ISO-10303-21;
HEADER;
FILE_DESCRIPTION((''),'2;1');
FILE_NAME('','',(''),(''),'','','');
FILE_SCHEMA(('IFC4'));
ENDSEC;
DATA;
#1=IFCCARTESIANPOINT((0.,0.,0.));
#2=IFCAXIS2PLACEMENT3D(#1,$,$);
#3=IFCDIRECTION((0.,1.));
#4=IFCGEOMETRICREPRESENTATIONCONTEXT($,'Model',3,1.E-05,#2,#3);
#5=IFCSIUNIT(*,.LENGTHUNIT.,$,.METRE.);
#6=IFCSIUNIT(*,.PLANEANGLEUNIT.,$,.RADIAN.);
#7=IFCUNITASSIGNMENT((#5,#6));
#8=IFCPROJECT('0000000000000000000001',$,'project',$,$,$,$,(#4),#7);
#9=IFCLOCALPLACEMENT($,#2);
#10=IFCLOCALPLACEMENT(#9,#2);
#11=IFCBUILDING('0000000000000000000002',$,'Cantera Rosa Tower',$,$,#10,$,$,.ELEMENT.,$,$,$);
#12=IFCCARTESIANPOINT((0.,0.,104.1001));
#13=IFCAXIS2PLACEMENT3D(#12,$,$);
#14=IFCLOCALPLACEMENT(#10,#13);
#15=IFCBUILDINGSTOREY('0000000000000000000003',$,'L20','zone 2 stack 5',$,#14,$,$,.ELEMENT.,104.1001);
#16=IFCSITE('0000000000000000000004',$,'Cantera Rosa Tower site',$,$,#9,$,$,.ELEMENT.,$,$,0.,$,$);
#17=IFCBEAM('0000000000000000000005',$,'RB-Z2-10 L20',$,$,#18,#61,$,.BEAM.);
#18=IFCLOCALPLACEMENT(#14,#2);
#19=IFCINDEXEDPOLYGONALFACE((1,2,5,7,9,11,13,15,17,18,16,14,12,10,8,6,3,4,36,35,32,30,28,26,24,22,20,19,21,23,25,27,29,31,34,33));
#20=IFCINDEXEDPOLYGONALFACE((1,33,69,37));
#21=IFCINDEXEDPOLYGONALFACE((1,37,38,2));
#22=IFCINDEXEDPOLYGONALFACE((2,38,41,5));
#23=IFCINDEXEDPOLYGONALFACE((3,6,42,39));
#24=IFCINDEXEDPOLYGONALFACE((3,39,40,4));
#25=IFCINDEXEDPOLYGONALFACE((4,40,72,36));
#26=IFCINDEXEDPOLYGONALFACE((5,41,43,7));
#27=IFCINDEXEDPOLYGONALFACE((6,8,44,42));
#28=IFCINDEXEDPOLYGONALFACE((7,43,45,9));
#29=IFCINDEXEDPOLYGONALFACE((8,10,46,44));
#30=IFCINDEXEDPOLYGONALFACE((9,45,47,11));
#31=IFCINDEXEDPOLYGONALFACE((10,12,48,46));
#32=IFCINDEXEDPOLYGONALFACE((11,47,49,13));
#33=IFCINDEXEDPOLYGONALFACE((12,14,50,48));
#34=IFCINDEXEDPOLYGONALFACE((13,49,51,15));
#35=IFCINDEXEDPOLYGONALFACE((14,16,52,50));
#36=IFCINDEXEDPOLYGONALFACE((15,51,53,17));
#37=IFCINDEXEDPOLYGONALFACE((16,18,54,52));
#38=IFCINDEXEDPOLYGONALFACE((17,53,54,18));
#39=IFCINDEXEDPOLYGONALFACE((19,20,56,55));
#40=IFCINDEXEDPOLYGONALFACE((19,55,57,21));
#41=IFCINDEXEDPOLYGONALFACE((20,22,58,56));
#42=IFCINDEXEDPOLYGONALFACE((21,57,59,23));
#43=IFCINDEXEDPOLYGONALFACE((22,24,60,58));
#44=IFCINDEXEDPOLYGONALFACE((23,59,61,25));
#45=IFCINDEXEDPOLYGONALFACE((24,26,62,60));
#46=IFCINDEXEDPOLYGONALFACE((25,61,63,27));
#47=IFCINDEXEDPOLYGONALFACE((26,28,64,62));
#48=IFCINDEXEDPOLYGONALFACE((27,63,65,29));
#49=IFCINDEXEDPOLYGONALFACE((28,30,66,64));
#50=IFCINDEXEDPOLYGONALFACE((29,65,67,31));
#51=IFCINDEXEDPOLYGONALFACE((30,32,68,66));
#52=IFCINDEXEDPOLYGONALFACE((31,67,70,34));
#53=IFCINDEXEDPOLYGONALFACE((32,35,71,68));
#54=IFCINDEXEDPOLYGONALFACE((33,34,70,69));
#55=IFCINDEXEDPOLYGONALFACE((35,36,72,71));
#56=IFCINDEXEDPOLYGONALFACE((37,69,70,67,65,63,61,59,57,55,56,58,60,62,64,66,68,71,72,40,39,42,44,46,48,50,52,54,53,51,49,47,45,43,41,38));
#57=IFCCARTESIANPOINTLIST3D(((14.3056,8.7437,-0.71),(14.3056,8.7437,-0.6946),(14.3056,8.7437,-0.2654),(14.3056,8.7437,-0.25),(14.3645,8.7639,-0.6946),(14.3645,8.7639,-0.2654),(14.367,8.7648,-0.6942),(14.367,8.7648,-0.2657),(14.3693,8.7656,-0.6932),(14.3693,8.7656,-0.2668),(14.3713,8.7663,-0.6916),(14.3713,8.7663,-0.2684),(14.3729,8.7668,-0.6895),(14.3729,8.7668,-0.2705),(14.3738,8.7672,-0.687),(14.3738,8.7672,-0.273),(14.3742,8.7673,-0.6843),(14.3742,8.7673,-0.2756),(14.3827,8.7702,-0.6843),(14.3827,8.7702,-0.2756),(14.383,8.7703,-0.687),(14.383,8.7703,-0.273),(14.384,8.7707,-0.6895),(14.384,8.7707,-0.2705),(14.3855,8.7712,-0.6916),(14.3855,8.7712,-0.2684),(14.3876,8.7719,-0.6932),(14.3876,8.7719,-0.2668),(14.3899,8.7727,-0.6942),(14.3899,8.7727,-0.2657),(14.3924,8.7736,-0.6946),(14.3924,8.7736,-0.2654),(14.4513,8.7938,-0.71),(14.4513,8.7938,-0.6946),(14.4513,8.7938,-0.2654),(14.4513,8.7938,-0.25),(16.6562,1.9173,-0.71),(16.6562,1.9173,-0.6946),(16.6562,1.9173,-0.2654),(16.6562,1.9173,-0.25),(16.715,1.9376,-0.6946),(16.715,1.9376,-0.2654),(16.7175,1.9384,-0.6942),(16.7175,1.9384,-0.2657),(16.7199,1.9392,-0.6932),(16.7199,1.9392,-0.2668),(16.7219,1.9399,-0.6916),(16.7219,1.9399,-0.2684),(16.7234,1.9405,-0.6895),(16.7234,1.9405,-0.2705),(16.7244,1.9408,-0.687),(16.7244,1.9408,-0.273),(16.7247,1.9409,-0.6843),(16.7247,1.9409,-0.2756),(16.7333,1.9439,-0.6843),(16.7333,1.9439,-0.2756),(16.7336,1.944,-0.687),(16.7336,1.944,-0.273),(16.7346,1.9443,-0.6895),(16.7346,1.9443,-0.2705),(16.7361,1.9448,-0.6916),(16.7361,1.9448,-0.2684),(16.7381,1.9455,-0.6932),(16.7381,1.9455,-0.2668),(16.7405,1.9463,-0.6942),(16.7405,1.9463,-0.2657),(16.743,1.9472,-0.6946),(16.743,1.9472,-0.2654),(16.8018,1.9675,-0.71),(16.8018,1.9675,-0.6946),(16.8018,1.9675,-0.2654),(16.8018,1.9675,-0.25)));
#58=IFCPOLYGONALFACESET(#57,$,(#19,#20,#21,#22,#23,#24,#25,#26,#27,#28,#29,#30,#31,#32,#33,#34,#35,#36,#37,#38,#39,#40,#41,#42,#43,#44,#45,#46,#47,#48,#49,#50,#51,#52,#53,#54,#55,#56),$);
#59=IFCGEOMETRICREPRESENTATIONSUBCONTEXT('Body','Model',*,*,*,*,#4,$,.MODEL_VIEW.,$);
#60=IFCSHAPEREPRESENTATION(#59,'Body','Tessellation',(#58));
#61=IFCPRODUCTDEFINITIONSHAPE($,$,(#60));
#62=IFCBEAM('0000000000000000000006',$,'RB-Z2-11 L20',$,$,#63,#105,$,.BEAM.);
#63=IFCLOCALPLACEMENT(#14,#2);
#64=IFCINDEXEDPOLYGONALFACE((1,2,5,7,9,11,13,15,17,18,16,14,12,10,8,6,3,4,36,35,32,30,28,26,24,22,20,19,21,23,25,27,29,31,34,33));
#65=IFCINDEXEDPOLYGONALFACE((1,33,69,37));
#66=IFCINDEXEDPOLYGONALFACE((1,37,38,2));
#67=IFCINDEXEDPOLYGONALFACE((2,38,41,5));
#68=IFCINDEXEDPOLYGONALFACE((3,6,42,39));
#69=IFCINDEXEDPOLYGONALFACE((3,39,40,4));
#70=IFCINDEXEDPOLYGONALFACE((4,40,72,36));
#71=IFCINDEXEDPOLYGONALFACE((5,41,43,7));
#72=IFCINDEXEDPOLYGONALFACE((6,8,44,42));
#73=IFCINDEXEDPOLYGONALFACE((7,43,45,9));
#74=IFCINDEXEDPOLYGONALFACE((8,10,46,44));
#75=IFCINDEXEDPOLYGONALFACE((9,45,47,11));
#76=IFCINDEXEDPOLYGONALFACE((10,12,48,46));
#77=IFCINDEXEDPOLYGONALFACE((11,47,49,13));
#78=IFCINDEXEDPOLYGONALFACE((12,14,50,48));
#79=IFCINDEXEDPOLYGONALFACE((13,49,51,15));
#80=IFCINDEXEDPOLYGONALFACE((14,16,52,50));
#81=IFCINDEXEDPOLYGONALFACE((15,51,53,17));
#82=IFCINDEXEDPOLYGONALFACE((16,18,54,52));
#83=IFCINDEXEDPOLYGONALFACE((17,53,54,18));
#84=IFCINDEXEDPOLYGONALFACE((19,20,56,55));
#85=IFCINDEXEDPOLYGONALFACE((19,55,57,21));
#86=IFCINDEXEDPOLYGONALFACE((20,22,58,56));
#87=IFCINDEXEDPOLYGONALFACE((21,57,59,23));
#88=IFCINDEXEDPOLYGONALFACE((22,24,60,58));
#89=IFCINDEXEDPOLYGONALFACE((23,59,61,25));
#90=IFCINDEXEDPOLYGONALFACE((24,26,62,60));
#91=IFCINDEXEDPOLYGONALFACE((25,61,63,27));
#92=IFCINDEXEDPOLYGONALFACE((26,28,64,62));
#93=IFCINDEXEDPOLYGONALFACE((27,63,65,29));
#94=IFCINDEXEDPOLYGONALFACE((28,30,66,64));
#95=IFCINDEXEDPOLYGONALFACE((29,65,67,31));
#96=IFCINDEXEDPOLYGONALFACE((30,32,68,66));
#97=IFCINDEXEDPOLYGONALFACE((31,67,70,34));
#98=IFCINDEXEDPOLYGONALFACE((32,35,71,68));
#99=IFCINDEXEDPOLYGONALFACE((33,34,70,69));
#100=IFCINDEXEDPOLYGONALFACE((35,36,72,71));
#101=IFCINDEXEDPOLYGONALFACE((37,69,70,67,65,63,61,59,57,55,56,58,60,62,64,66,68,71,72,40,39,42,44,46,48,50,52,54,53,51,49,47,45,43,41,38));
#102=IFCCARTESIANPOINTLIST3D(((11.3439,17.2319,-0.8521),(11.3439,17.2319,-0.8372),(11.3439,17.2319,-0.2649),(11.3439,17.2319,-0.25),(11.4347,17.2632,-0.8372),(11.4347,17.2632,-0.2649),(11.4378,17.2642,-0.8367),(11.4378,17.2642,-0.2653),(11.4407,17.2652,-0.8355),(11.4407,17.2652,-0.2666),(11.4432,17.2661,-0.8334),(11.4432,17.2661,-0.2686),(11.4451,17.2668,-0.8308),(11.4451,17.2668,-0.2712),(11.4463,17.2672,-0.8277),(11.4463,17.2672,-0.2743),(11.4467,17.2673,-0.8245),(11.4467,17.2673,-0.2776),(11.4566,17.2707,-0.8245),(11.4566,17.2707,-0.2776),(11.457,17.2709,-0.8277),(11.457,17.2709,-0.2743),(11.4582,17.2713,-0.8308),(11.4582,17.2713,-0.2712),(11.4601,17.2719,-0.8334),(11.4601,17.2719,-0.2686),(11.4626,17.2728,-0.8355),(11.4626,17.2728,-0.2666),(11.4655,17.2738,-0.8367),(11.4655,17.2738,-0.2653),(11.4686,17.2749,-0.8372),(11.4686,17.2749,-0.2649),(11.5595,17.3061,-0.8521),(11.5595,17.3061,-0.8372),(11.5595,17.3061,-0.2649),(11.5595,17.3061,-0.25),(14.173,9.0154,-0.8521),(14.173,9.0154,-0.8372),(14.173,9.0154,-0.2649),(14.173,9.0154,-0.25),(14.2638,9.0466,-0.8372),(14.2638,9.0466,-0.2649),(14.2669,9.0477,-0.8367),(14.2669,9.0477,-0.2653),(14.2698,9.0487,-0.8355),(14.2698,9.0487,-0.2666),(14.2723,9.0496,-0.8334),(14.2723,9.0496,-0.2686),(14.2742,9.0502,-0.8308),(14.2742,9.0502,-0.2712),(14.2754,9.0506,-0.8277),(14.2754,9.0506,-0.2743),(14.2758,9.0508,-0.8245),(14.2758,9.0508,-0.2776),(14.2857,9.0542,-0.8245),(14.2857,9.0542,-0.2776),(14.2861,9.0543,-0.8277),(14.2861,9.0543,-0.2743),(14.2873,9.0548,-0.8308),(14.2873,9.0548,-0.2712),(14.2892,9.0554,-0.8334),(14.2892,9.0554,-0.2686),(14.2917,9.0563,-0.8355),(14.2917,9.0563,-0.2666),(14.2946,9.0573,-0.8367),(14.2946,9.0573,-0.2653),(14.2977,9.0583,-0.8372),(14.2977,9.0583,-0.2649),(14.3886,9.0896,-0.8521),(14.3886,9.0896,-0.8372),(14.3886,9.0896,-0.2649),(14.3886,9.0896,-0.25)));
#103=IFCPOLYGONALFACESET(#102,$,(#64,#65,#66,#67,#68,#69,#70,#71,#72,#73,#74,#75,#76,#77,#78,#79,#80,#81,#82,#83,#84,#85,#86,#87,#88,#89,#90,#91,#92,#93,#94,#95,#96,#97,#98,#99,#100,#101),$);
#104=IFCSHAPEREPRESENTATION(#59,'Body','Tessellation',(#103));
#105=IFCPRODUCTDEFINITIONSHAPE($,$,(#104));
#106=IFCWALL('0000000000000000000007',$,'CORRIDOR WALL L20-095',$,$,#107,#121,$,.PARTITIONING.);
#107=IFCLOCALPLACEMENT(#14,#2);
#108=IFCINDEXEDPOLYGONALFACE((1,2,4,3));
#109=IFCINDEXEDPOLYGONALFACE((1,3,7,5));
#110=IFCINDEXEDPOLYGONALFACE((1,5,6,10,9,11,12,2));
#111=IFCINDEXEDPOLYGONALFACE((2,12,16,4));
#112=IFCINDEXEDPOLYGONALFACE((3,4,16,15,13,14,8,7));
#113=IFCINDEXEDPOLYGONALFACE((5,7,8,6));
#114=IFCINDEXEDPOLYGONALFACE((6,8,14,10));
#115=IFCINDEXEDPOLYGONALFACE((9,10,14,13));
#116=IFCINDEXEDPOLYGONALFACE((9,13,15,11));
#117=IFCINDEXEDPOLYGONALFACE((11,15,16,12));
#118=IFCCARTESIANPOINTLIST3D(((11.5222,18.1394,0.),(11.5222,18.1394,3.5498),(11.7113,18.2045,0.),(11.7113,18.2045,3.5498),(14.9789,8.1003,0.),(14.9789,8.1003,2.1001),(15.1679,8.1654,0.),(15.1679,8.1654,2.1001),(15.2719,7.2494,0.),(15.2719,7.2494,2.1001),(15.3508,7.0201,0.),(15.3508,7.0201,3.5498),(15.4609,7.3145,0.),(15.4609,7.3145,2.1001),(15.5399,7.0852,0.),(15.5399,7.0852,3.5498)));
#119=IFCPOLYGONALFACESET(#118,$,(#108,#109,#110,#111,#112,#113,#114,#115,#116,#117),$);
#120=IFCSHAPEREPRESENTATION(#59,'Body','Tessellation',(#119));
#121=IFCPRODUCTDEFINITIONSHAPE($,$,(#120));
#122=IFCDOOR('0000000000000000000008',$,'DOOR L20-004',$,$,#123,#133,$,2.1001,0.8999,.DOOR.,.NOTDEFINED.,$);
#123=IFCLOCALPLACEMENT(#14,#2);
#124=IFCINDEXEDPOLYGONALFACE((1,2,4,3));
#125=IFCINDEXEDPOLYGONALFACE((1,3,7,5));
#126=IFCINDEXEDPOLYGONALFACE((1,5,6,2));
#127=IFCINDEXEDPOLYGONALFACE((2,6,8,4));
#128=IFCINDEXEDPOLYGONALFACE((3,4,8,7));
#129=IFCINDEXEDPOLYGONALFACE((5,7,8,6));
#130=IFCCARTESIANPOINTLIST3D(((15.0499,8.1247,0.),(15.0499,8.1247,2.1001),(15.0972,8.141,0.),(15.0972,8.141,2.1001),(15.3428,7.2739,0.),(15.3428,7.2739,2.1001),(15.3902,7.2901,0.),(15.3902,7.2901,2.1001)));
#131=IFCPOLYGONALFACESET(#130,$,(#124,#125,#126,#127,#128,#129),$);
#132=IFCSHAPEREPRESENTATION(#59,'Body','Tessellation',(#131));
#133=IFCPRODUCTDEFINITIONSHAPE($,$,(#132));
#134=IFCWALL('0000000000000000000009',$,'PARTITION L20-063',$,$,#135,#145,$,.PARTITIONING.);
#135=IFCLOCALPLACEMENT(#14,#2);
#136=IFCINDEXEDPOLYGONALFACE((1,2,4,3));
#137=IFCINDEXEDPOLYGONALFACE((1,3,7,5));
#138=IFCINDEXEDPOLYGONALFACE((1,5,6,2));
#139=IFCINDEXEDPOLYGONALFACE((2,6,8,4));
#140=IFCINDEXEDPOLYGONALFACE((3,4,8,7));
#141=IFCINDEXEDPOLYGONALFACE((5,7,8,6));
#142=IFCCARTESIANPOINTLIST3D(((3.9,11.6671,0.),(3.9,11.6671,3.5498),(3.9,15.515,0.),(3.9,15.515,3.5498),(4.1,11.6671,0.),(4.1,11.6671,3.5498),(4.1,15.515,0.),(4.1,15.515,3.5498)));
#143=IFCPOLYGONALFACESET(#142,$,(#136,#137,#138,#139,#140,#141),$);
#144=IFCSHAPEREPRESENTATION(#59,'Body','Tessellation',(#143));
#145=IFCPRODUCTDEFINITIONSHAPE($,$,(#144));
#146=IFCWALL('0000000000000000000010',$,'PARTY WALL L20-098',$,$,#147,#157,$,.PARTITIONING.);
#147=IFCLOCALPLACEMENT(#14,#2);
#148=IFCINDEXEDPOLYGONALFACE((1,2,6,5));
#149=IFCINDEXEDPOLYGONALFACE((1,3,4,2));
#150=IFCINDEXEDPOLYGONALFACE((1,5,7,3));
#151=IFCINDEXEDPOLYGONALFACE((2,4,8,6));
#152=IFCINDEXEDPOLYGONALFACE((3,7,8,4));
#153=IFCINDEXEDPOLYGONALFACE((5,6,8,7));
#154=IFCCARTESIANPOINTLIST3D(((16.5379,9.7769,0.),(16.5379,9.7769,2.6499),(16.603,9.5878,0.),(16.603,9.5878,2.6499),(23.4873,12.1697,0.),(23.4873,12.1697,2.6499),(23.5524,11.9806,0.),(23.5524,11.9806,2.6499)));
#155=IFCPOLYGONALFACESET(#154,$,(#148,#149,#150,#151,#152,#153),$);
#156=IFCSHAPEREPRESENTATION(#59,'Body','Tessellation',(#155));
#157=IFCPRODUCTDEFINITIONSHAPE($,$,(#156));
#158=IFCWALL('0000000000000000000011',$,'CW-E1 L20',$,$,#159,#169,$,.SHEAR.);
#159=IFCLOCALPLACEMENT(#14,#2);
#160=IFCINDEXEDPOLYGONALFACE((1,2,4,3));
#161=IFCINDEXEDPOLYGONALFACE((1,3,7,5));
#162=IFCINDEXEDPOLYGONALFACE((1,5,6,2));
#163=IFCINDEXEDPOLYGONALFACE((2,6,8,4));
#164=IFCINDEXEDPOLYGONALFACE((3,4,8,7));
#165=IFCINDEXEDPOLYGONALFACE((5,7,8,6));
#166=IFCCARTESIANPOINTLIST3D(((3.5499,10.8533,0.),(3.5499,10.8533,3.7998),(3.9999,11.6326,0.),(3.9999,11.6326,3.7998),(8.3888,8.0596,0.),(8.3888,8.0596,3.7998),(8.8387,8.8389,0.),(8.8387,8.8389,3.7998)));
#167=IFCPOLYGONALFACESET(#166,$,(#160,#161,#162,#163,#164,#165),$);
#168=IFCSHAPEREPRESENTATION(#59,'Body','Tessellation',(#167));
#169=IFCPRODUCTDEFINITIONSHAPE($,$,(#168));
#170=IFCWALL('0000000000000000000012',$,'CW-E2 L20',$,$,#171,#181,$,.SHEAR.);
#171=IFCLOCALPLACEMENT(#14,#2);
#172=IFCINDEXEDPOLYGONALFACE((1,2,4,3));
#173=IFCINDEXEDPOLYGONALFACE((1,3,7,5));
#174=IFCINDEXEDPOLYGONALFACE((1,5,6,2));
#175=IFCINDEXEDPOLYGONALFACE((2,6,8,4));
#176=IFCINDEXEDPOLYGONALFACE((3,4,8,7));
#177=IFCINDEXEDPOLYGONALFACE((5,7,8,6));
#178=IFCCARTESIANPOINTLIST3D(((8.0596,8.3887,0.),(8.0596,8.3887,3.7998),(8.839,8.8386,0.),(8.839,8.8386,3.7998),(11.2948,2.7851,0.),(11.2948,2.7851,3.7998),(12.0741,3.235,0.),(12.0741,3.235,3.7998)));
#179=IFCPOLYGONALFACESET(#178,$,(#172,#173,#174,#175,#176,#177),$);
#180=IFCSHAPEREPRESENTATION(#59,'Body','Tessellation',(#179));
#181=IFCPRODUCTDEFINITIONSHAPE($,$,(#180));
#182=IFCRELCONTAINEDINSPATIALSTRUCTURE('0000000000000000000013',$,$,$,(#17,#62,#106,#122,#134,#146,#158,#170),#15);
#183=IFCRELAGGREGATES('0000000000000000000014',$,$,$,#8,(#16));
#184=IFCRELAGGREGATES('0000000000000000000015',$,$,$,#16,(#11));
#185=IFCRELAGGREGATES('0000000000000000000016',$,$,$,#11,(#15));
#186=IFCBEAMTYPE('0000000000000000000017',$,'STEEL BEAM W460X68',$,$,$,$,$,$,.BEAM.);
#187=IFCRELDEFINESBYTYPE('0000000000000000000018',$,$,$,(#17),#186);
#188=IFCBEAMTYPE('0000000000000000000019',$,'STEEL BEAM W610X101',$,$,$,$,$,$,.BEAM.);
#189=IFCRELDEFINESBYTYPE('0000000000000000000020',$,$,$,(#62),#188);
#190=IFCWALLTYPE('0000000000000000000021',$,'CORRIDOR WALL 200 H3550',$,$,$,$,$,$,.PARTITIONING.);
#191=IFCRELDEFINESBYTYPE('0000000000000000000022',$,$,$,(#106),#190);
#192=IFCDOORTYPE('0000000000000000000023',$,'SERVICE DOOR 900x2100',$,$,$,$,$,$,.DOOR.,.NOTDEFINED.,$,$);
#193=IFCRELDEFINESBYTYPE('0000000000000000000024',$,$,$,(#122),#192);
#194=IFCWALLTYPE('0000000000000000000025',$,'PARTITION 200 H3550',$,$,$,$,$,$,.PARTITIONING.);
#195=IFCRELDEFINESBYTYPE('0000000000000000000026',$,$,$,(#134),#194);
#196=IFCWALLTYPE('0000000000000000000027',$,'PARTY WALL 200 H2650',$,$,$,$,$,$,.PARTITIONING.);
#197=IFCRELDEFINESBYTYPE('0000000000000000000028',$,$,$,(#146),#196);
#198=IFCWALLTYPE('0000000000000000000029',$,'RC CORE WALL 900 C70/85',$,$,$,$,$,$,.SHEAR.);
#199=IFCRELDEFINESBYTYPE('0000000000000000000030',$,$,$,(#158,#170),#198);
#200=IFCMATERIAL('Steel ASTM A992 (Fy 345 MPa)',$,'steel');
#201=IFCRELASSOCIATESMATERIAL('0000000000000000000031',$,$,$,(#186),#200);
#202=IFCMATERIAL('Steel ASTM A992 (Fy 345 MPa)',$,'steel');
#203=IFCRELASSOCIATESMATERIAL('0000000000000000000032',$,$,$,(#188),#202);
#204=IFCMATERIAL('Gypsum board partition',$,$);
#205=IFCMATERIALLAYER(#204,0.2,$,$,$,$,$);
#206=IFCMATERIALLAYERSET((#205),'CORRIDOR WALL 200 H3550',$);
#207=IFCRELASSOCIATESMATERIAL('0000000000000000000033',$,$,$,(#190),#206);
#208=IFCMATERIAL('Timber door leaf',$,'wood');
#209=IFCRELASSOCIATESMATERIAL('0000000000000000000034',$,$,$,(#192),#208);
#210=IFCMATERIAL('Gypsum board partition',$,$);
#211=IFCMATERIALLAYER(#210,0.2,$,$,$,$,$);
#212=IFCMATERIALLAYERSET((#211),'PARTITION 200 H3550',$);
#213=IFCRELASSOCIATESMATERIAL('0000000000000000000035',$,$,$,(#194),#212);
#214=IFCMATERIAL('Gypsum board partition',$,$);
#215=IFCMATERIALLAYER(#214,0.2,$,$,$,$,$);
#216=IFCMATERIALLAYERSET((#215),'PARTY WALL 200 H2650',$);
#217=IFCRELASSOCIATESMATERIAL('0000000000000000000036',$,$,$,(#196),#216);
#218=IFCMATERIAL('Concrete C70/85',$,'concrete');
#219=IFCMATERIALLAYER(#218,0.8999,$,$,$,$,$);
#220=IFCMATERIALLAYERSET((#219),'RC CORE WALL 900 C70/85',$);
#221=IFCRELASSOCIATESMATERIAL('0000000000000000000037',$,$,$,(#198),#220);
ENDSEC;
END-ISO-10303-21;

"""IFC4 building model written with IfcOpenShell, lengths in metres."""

from ifc_helpers import new_model, si_unit, direction, frame, frame_2d, origin, origin_2d, place, context, subcontext, project, spatial, rectangle, i_section, extrude, material, layer, layer_set, material_profile, profile_set, type_object, element, fill, save


model = new_model("IFC4")

# Units and contexts
model_context = context("Model", 3, precision=1e-05, world=origin(), true_north=direction((0.0, 1.0)))
body_context = subcontext(model_context, "Body", "Model", "MODEL_VIEW")
ifc_project = project(units=[si_unit("LENGTHUNIT", "METRE"), si_unit("PLANEANGLEUNIT", "RADIAN")], contexts=[model_context])

# Site, building, storey
site_placement = place(None, origin())
site = spatial("IfcSite", under=ifc_project, at=site_placement, Name="Cantera Rosa Tower site", CompositionType="ELEMENT", RefElevation=0.0)
building_placement = place(site_placement, origin())
building = spatial("IfcBuilding", under=site, at=building_placement, Name="Cantera Rosa Tower", CompositionType="ELEMENT")
storey_placement = place(building_placement, frame((0.0, 0.0, 104.1001)))
storey = spatial("IfcBuildingStorey", under=building, at=storey_placement, Name="L20", Description="zone 2 stack 5", CompositionType="ELEMENT", Elevation=104.1001)

# Beams
ifc_material_1 = material(Name="Steel ASTM A992 (Fy 345 MPa)", Category="steel")
ifc_material_profile_1 = material_profile(ifc_material_1, i_section(OverallWidth=0.1541, OverallDepth=0.46, WebThickness=0.009, FlangeThickness=0.0154, FilletRadius=0.0103, at=origin_2d()), Name="W460X68")
ifc_profile_set_1 = profile_set([ifc_material_profile_1], Name="Steel ASTM A992 (Fy 345 MPa)")
beam_type_1 = type_object("IfcBeamType", Name="STEEL BEAM W460X68", PredefinedType="BEAM", material=ifc_profile_set_1)
beam_1_placement = place(storey_placement, frame((16.729, 1.9424, -0.48), z_axis=(-0.325576, 0.945516, 0.0), x_axis=(-0.945516, -0.325576, 0.0)))
element("IfcBeam", 1, at=beam_1_placement, inside=storey, type_object=beam_type_1, Name="RB-Z2-10 L20", PredefinedType="BEAM", context=body_context, shape_type="SweptSolid", body=[
    extrude(i_section(OverallWidth=0.1541, OverallDepth=0.46, WebThickness=0.009, FlangeThickness=0.0154, FilletRadius=0.0103, at=origin_2d()), origin(), (0.0, 0.0, 1.0), 7.2197),
])
ifc_material_2 = material(Name="Steel ASTM A992 (Fy 345 MPa)", Category="steel")
ifc_material_profile_2 = material_profile(ifc_material_2, i_section(OverallWidth=0.228, OverallDepth=0.6021, WebThickness=0.0105, FlangeThickness=0.0149, FilletRadius=0.0127, at=origin_2d()), Name="W610X101")
ifc_profile_set_2 = profile_set([ifc_material_profile_2], Name="Steel ASTM A992 (Fy 345 MPa)")
beam_type_2 = type_object("IfcBeamType", Name="STEEL BEAM W610X101", PredefinedType="BEAM", material=ifc_profile_set_2)
beam_2_placement = place(storey_placement, frame((14.2808, 9.0525, -0.551), z_axis=(-0.325559, 0.945522, 0.0), x_axis=(-0.945522, -0.325559, 0.0)))
element("IfcBeam", 2, at=beam_2_placement, inside=storey, type_object=beam_type_2, Name="RB-Z2-11 L20", PredefinedType="BEAM", context=body_context, shape_type="SweptSolid", body=[
    extrude(i_section(OverallWidth=0.228, OverallDepth=0.6021, WebThickness=0.0105, FlangeThickness=0.0149, FilletRadius=0.0127, at=origin_2d()), origin(), (0.0, 0.0, 1.0), 8.6899),
])

# Wall, opening, door
ifc_material_3 = material(Name="Gypsum board partition")
ifc_layer_1 = layer(ifc_material_3, 0.2)
ifc_layer_set_1 = layer_set([ifc_layer_1], Name="CORRIDOR WALL 200 H3550")
wall_type_1 = type_object("IfcWallType", Name="CORRIDOR WALL 200 H3550", PredefinedType="PARTITIONING", material=ifc_layer_set_1)
wall_1_placement = place(storey_placement, frame((15.4453, 7.0527, 0.0), z_axis=(0.0, 0.0, 1.0), x_axis=(-0.325561, 0.945521, 0.0)))
wall_1 = element("IfcWall", 3, at=wall_1_placement, inside=storey, type_object=wall_type_1, Name="CORRIDOR WALL L20-095", PredefinedType="PARTITIONING", context=body_context, shape_type="SweptSolid", body=[
    extrude(rectangle(XDim=11.76, YDim=0.2, at=frame_2d((5.8799, 0.0))), origin(), (0.0, 0.0, 1.0), 3.5498),
])
opening_1_placement = place(wall_1_placement, frame((0.2424, 0.0, 0.0)))
opening_1 = element("IfcOpeningElement", 4, at=opening_1_placement, cuts=wall_1, PredefinedType="OPENING", context=body_context, shape_type="SweptSolid", body=[
    extrude(rectangle(XDim=0.8999, YDim=2.1001, at=frame_2d((0.45, 1.05))), frame((0.0, 0.1099, 0.0), z_axis=(0.0, -1.0, 0.0), x_axis=(1.0, 0.0, 0.0)), (0.0, 0.0, 1.0), 0.22),
])
ifc_material_4 = material(Name="Timber door leaf", Category="wood")
door_type = type_object("IfcDoorType", Name="SERVICE DOOR 900x2100", OperationType="NOTDEFINED", PredefinedType="DOOR", material=ifc_material_4)
door_1_placement = place(opening_1_placement, origin())
door_1 = element("IfcDoor", 5, at=door_1_placement, inside=storey, type_object=door_type, Name="DOOR L20-004", OperationType="NOTDEFINED", OverallHeight=2.1001, OverallWidth=0.8999, PredefinedType="DOOR", context=body_context, shape_type="SweptSolid", body=[
    extrude(rectangle(XDim=0.8999, YDim=2.1001, at=frame_2d((0.45, 1.05))), frame((0.0, 0.0249, 0.0), z_axis=(0.0, -1.0, 0.0), x_axis=(1.0, 0.0, 0.0)), (0.0, 0.0, 1.0), 0.05),
])
fill(opening_1, door_1)

# Walls
ifc_material_5 = material(Name="Gypsum board partition")
ifc_layer_2 = layer(ifc_material_5, 0.2)
ifc_layer_set_2 = layer_set([ifc_layer_2], Name="PARTITION 200 H3550")
wall_type_2 = type_object("IfcWallType", Name="PARTITION 200 H3550", PredefinedType="PARTITIONING", material=ifc_layer_set_2)
wall_2_placement = place(storey_placement, frame((4.0, 11.6672, 0.0), z_axis=(0.0, 0.0, 1.0), x_axis=(0.0, 1.0, 0.0)))
element("IfcWall", 6, at=wall_2_placement, inside=storey, type_object=wall_type_2, Name="PARTITION L20-063", PredefinedType="PARTITIONING", context=body_context, shape_type="SweptSolid", body=[
    extrude(rectangle(XDim=3.8479, YDim=0.2, at=frame_2d((1.9238, 0.0))), origin(), (0.0, 0.0, 1.0), 3.5498),
])
ifc_material_6 = material(Name="Gypsum board partition")
ifc_layer_3 = layer(ifc_material_6, 0.2)
ifc_layer_set_3 = layer_set([ifc_layer_3], Name="PARTY WALL 200 H2650")
wall_type_3 = type_object("IfcWallType", Name="PARTY WALL 200 H2650", PredefinedType="PARTITIONING", material=ifc_layer_set_3)
wall_3_placement = place(storey_placement, frame((16.5706, 9.6824, 0.0), z_axis=(0.0, 0.0, 1.0), x_axis=(0.945521, 0.32556, 0.0)))
element("IfcWall", 7, at=wall_3_placement, inside=storey, type_object=wall_type_3, Name="PARTY WALL L20-098", PredefinedType="PARTITIONING", context=body_context, shape_type="SweptSolid", body=[
    extrude(rectangle(XDim=7.3499, YDim=0.2, at=frame_2d((3.6748, 0.0))), origin(), (0.0, 0.0, 1.0), 2.6499),
])
ifc_material_7 = material(Name="Concrete C70/85", Category="concrete")
ifc_layer_4 = layer(ifc_material_7, 0.8999)
ifc_layer_set_4 = layer_set([ifc_layer_4], Name="RC CORE WALL 900 C70/85")
wall_type_4 = type_object("IfcWallType", Name="RC CORE WALL 900 C70/85", PredefinedType="SHEAR", material=ifc_layer_set_4)
wall_4_placement = place(storey_placement, frame((3.7749, 11.2429, 0.0), z_axis=(0.0, 0.0, 1.0), x_axis=(0.866027, -0.499997, 0.0)))
element("IfcWall", 8, at=wall_4_placement, inside=storey, type_object=wall_type_4, Name="CW-E1 L20", PredefinedType="SHEAR", context=body_context, shape_type="SweptSolid", body=[
    extrude(rectangle(XDim=5.5874, YDim=0.8999, at=frame_2d((2.7937, 0.0))), origin(), (0.0, 0.0, 1.0), 3.7998),
])
wall_5_placement = place(storey_placement, frame((8.4492, 8.6138, 0.0), z_axis=(0.0, 0.0, 1.0), x_axis=(0.49999, -0.866031, 0.0)))
element("IfcWall", 9, at=wall_5_placement, inside=storey, type_object=wall_type_4, Name="CW-E2 L20", PredefinedType="SHEAR", context=body_context, shape_type="SweptSolid", body=[
    extrude(rectangle(XDim=6.4705, YDim=0.8999, at=frame_2d((3.2354, 0.0))), origin(), (0.0, 0.0, 1.0), 3.7998),
])

save(model, "model.ifc")
